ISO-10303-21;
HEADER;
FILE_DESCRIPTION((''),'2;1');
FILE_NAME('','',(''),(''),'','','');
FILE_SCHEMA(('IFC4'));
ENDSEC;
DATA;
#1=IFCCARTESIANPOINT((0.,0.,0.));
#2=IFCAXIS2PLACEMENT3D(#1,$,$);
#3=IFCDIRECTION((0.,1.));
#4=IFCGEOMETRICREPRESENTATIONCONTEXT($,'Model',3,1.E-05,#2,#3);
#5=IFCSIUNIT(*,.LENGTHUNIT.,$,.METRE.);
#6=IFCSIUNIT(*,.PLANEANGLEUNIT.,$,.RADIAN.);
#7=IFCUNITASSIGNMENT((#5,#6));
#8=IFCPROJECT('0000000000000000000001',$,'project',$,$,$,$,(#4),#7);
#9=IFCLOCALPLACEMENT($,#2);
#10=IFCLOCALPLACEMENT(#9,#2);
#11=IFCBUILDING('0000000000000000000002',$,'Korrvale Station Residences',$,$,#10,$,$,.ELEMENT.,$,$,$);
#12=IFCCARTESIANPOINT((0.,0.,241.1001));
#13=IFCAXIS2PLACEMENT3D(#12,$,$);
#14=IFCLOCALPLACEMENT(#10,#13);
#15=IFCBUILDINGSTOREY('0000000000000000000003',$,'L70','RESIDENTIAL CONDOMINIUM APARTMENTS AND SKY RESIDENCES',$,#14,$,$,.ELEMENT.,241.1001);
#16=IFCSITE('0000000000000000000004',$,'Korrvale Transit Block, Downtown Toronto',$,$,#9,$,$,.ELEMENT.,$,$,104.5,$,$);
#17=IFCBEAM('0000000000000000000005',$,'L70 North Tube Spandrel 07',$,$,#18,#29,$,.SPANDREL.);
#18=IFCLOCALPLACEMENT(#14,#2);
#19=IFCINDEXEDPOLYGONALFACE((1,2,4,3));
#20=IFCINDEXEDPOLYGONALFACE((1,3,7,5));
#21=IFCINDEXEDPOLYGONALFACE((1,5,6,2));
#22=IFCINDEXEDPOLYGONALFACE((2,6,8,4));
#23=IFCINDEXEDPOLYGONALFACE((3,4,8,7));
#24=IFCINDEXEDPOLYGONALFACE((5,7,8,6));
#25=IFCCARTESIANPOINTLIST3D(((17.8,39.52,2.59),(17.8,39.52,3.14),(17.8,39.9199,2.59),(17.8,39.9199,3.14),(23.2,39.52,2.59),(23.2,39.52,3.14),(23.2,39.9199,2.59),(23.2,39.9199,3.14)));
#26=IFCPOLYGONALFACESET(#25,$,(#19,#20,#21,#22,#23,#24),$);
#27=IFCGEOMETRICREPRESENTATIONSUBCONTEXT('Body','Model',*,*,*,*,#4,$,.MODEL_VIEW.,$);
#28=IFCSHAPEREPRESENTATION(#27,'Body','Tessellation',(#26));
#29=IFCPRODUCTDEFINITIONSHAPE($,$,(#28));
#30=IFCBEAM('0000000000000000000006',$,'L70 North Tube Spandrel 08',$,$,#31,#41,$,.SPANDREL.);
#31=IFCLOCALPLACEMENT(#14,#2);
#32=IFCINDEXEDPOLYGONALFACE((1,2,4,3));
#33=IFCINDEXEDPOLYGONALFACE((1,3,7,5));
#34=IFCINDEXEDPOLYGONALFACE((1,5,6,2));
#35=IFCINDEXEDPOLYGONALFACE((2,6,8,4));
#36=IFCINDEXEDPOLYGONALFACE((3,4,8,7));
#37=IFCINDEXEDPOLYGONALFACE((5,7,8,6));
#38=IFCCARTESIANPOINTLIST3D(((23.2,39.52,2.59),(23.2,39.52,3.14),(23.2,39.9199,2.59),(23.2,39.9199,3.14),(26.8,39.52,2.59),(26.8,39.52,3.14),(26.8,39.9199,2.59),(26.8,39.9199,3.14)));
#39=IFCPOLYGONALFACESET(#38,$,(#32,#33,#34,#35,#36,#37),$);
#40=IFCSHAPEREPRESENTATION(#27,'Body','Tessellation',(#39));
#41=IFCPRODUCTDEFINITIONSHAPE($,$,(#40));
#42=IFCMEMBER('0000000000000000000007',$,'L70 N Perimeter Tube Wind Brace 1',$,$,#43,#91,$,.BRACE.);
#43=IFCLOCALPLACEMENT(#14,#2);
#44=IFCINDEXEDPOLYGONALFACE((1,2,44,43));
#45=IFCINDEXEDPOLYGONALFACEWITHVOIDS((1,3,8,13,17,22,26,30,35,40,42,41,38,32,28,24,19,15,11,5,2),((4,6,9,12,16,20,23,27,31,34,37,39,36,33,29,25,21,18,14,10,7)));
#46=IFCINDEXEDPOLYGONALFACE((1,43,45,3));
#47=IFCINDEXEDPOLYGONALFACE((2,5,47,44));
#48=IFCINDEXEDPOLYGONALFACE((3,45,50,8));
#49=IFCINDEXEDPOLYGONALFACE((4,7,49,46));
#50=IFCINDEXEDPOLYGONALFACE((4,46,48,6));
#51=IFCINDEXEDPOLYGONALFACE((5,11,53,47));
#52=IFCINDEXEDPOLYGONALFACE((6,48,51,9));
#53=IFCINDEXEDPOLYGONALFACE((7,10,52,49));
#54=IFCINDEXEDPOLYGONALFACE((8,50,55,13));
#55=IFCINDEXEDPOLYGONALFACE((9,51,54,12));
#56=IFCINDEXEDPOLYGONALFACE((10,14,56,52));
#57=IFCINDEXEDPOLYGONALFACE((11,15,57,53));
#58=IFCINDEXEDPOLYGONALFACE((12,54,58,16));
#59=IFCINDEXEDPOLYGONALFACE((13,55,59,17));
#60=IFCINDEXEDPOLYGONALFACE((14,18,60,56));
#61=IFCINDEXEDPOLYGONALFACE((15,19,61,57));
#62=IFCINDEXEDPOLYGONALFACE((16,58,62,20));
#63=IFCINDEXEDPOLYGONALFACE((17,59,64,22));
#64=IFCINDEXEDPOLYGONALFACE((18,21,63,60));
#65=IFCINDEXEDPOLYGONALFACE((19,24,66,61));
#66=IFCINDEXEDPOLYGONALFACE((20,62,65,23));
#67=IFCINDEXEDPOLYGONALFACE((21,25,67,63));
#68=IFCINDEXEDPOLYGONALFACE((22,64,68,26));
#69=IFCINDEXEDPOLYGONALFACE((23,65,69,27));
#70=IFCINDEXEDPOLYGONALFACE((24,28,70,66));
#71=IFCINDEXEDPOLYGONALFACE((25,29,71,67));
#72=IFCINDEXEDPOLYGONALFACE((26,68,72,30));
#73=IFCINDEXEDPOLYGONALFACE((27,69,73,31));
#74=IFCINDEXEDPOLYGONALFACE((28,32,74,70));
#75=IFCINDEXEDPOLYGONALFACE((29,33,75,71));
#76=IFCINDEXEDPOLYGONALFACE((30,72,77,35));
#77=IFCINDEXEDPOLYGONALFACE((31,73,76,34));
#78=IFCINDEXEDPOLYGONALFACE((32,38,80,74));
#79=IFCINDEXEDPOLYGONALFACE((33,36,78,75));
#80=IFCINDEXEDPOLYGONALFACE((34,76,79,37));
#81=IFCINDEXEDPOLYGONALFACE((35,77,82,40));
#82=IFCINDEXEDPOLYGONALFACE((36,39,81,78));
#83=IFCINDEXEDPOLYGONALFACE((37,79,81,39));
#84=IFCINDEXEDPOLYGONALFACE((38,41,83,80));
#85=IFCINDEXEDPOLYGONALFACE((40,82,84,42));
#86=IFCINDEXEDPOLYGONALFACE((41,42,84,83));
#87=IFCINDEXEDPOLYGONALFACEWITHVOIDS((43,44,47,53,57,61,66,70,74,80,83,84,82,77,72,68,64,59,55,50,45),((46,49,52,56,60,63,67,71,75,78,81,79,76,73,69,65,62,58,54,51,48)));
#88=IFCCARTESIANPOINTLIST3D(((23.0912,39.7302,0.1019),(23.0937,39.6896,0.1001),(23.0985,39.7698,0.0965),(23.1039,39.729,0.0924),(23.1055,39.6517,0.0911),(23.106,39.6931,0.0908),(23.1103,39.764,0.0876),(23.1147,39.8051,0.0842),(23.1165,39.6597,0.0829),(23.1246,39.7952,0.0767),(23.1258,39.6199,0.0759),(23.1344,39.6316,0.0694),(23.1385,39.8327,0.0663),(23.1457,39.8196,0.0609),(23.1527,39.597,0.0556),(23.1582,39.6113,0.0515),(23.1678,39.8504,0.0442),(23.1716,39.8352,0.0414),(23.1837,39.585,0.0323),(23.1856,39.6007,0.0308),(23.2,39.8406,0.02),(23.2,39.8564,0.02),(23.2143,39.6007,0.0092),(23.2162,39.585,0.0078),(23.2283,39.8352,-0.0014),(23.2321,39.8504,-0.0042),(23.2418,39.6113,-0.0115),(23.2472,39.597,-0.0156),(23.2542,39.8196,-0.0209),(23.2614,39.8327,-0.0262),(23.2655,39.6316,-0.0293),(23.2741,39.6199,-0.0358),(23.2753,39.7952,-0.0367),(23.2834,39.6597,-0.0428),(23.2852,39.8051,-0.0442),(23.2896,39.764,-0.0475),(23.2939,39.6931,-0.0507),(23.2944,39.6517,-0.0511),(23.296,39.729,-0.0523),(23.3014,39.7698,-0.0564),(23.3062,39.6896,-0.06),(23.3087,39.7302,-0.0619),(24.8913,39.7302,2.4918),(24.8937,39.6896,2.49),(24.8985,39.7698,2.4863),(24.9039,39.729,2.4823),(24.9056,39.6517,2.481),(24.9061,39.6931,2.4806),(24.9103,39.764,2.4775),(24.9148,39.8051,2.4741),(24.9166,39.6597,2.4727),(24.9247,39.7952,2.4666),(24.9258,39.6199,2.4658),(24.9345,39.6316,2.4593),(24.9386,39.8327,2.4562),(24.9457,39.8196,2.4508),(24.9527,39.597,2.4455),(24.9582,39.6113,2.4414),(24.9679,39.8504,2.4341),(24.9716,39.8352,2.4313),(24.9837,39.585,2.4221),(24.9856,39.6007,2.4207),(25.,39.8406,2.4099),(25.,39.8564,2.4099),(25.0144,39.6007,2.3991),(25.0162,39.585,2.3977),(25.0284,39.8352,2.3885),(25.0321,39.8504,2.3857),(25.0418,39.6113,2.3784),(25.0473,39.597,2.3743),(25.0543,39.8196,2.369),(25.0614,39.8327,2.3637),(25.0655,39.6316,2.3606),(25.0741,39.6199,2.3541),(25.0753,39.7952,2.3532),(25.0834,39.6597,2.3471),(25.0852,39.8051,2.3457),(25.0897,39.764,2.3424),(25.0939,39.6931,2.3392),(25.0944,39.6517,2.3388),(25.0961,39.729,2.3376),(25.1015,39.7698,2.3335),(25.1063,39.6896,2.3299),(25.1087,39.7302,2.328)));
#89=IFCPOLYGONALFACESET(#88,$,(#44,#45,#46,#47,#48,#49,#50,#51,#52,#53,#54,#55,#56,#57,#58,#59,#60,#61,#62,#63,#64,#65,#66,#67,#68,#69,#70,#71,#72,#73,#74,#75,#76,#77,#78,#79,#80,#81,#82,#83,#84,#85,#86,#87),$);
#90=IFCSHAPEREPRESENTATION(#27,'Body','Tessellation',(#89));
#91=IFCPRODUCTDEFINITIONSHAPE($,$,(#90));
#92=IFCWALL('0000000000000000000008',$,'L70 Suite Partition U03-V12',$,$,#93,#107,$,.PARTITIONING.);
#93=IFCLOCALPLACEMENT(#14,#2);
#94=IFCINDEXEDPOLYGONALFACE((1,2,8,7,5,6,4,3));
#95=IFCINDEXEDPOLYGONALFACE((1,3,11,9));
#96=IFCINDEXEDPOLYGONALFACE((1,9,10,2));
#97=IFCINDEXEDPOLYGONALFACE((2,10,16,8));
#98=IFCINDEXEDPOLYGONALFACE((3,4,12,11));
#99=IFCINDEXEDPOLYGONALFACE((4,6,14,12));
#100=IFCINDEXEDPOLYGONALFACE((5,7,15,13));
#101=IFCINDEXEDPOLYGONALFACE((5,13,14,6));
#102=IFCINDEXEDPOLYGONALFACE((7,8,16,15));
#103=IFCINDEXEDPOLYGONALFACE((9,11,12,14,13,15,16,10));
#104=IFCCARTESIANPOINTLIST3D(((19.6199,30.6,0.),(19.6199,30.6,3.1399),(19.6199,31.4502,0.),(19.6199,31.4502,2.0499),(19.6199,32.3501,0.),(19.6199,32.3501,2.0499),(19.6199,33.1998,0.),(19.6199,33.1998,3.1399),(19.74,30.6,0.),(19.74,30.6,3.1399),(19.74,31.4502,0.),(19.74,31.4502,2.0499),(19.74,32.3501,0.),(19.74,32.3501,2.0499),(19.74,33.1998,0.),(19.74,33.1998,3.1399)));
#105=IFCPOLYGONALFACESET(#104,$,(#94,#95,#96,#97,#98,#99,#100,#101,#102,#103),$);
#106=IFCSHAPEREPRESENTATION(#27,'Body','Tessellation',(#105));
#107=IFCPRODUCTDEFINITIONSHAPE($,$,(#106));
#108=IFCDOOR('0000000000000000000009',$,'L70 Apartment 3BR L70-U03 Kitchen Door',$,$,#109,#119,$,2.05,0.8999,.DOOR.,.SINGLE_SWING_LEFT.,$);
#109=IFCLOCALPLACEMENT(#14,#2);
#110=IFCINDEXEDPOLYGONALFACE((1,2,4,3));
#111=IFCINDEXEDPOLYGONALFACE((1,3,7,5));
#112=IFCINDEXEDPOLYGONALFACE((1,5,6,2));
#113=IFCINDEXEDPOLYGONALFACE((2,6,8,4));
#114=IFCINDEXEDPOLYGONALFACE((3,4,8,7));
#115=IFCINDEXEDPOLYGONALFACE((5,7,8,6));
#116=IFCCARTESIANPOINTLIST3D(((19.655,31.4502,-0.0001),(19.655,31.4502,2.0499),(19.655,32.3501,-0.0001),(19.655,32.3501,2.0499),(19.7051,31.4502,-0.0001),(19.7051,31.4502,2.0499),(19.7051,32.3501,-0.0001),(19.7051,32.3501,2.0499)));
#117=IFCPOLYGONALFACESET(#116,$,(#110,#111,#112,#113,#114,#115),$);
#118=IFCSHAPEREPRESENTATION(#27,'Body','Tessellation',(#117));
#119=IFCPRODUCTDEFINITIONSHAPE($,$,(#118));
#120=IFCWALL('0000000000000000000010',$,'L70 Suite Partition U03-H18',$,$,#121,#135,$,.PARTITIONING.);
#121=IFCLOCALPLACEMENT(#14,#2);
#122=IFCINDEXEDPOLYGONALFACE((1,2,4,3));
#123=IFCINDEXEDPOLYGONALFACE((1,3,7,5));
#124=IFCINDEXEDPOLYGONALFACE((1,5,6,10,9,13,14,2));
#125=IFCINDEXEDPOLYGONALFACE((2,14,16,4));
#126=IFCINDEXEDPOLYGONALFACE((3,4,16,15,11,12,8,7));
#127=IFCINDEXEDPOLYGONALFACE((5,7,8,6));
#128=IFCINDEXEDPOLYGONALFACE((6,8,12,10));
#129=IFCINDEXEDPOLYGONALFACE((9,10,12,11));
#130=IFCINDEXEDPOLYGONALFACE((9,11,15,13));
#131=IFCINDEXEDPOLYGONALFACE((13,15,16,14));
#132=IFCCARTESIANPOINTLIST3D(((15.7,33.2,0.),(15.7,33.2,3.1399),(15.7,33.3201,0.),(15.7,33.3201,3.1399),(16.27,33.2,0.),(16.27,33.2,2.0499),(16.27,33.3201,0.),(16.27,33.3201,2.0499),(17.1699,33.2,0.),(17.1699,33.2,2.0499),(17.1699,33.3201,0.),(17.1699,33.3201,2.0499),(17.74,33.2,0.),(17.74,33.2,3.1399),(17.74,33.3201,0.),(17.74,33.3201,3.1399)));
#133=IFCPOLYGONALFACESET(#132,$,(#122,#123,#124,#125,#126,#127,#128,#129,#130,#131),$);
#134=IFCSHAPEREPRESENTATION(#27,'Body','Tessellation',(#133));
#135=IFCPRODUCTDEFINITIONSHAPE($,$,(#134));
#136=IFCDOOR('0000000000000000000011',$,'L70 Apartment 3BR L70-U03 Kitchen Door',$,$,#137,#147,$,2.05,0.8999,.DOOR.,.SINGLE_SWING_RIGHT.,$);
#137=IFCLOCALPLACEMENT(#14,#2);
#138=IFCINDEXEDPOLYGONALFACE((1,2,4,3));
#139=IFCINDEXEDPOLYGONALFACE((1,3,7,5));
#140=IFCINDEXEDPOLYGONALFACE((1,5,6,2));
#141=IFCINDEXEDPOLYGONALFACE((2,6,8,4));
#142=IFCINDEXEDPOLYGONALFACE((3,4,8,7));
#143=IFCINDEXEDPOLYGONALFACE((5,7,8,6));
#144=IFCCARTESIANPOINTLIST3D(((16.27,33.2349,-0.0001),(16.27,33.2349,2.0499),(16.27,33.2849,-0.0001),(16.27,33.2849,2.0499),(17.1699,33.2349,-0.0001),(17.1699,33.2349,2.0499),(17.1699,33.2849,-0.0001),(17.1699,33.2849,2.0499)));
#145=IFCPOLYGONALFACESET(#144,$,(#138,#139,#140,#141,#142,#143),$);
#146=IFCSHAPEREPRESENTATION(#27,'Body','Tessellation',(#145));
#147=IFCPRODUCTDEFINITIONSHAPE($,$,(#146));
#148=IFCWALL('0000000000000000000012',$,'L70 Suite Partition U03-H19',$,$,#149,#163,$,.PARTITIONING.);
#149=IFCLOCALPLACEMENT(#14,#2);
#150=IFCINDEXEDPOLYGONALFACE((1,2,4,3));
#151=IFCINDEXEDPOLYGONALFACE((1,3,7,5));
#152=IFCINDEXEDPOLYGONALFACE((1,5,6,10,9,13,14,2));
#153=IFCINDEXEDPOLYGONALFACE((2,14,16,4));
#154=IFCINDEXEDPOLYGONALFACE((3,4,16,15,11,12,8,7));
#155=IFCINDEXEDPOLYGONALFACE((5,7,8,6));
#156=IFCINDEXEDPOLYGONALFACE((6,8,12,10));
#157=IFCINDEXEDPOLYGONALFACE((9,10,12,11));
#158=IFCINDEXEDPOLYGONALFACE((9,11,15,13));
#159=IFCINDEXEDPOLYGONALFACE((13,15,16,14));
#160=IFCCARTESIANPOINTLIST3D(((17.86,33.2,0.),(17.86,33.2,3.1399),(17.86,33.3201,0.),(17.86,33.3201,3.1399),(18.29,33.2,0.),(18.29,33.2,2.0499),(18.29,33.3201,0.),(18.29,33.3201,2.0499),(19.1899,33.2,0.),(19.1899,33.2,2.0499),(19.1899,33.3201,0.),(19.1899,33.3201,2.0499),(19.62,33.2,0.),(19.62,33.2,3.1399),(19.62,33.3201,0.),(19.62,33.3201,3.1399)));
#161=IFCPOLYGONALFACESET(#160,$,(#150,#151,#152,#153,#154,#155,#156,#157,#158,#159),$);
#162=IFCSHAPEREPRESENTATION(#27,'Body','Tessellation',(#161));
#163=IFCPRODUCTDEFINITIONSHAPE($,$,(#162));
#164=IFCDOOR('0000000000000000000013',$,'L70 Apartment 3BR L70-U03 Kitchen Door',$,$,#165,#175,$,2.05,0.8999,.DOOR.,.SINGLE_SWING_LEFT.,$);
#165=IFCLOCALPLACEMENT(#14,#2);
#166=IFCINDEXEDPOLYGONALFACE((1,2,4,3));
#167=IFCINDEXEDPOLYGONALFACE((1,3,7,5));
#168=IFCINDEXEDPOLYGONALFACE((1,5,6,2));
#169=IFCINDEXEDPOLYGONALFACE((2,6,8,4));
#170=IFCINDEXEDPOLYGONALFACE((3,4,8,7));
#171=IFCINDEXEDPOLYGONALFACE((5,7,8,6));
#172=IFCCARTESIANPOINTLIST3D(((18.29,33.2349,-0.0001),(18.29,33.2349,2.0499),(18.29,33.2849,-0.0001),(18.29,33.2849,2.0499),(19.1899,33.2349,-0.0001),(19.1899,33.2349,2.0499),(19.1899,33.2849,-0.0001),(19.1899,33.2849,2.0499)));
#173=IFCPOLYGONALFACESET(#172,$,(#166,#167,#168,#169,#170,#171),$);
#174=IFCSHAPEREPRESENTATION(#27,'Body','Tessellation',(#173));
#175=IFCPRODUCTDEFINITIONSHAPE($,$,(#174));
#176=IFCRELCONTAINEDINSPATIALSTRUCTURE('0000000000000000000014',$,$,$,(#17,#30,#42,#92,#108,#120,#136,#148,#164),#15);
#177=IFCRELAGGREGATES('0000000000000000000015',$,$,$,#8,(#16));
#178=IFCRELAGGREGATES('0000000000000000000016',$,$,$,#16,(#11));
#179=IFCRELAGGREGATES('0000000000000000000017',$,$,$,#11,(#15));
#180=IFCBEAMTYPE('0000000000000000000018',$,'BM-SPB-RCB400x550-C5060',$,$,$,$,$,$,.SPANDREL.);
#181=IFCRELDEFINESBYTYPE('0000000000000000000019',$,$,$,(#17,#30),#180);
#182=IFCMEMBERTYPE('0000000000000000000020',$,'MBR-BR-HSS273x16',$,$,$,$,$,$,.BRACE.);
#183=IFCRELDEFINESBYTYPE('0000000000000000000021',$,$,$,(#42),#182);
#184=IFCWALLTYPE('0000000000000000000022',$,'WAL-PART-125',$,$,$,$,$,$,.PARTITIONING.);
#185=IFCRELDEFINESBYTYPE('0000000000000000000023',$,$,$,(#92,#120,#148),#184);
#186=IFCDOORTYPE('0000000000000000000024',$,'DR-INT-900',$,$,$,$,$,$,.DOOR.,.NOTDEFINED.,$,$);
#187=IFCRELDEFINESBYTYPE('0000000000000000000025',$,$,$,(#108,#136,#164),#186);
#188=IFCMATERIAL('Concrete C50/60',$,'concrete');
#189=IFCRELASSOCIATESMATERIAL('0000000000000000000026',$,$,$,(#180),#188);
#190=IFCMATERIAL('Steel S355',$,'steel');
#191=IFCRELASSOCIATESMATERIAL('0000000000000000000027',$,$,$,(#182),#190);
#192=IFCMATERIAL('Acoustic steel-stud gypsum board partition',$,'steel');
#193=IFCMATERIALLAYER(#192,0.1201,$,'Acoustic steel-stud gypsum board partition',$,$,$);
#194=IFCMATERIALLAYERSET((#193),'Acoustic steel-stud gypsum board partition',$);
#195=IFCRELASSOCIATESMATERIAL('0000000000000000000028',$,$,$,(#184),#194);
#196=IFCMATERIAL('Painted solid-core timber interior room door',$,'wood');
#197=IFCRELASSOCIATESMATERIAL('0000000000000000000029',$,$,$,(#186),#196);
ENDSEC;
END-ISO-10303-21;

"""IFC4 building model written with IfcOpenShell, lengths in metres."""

from ifc_helpers import new_model, si_unit, direction, frame, frame_2d, origin, origin_2d, place, context, subcontext, project, spatial, rectangle, hollow_circle, extrude, material, layer, layer_set, material_profile, profile_set, type_object, element, fill, save


model = new_model("IFC4")

# Units and contexts
model_context = context("Model", 3, precision=1e-05, world=origin(), true_north=direction((0.0, 1.0)))
body_context = subcontext(model_context, "Body", "Model", "MODEL_VIEW")
ifc_project = project(units=[si_unit("LENGTHUNIT", "METRE"), si_unit("PLANEANGLEUNIT", "RADIAN")], contexts=[model_context])

# Site, building, storey
site_placement = place(None, origin())
site = spatial("IfcSite", under=ifc_project, at=site_placement, Name="Korrvale Transit Block, Downtown Toronto", CompositionType="ELEMENT", RefElevation=104.5)
building_placement = place(site_placement, origin())
building = spatial("IfcBuilding", under=site, at=building_placement, Name="Korrvale Station Residences", CompositionType="ELEMENT")
storey_placement = place(building_placement, frame((0.0, 0.0, 241.1001)))
storey = spatial("IfcBuildingStorey", under=building, at=storey_placement, Name="L70", Description="RESIDENTIAL CONDOMINIUM APARTMENTS AND SKY RESIDENCES", CompositionType="ELEMENT", Elevation=241.1001)

# Shared definitions
ifc_material_1 = material(Name="Concrete C50/60", Category="concrete")

# Beams
ifc_material_2 = material(Name="Steel S355", Category="steel")
ifc_material_profile_1 = material_profile(ifc_material_1, rectangle(XDim=0.3999, YDim=0.55, at=origin_2d()), Name="RCB400x550")
ifc_profile_set_1 = profile_set([ifc_material_profile_1], Name="Concrete C50/60")
beam_type_1 = type_object("IfcBeamType", Name="BM-SPB-RCB400x550-C5060", PredefinedType="SPANDREL", material=ifc_profile_set_1)
beam_1_placement = place(storey_placement, frame((17.8, 39.72, 2.865), z_axis=(1.0, 0.0, 0.0), x_axis=(0.0, 1.0, 0.0)))
element("IfcBeam", 1, at=beam_1_placement, inside=storey, type_object=beam_type_1, Name="L70 North Tube Spandrel 07", PredefinedType="SPANDREL", context=body_context, shape_type="SweptSolid", body=[
    extrude(rectangle(XDim=0.3999, YDim=0.55, at=origin_2d()), origin(), (0.0, 0.0, 1.0), 5.3999),
])
beam_2_placement = place(storey_placement, frame((23.2, 39.72, 2.865), z_axis=(1.0, 0.0, 0.0), x_axis=(0.0, 1.0, 0.0)))
element("IfcBeam", 2, at=beam_2_placement, inside=storey, type_object=beam_type_1, Name="L70 North Tube Spandrel 08", PredefinedType="SPANDREL", context=body_context, shape_type="SweptSolid", body=[
    extrude(rectangle(XDim=0.3999, YDim=0.55, at=origin_2d()), origin(), (0.0, 0.0, 1.0), 3.6001),
])

# Member
ifc_material_profile_2 = material_profile(ifc_material_2, hollow_circle(Radius=0.1365, WallThickness=0.0159, at=origin_2d()), Name="HSS273x16")
ifc_profile_set_2 = profile_set([ifc_material_profile_2], Name="Steel S355")
member_type = type_object("IfcMemberType", Name="MBR-BR-HSS273x16", PredefinedType="BRACE", material=ifc_profile_set_2)
member_placement = place(storey_placement, frame((23.2, 39.72, 0.02), z_axis=(0.601631, 0.0, 0.798774), x_axis=(0.0, 1.0, 0.0)))
element("IfcMember", 3, at=member_placement, inside=storey, type_object=member_type, Name="L70 N Perimeter Tube Wind Brace 1", PredefinedType="BRACE", context=body_context, shape_type="SweptSolid", body=[
    extrude(hollow_circle(Radius=0.1365, WallThickness=0.0159, at=origin_2d()), origin(), (0.0, 0.0, 1.0), 2.9919),
])

# Walls, openings, doors
ifc_material_3 = material(Name="Acoustic steel-stud gypsum board partition", Category="steel")
ifc_layer_1 = layer(ifc_material_3, 0.1201, Name="Acoustic steel-stud gypsum board partition")
ifc_layer_set_1 = layer_set([ifc_layer_1], Name="Acoustic steel-stud gypsum board partition")
wall_type = type_object("IfcWallType", Name="WAL-PART-125", PredefinedType="PARTITIONING", material=ifc_layer_set_1)
wall_1_placement = place(storey_placement, frame((19.6799, 30.6001, 0.0), z_axis=(0.0, 0.0, 1.0), x_axis=(0.0, 1.0, 0.0)))
wall_1 = element("IfcWall", 4, at=wall_1_placement, inside=storey, type_object=wall_type, Name="L70 Suite Partition U03-V12", PredefinedType="PARTITIONING", context=body_context, shape_type="SweptSolid", body=[
    extrude(rectangle(XDim=2.5999, YDim=0.1201, at=frame_2d((1.2998, 0.0))), origin(), (0.0, 0.0, 1.0), 3.1399),
])
opening_1_placement = place(wall_1_placement, frame((0.8501, 0.0, 0.0)))
opening_1 = element("IfcOpeningElement", 5, at=opening_1_placement, cuts=wall_1, PredefinedType="OPENING", context=body_context, shape_type="SweptSolid", body=[
    extrude(rectangle(XDim=0.8999, YDim=2.05, at=frame_2d((0.45, 1.0249))), frame((0.0, 0.0701, 0.0), z_axis=(0.0, -1.0, 0.0), x_axis=(1.0, 0.0, 0.0)), (0.0, 0.0, 1.0), 0.1401),
])
ifc_material_4 = material(Name="Painted solid-core timber interior room door", Category="wood")
door_type = type_object("IfcDoorType", Name="DR-INT-900", OperationType="NOTDEFINED", PredefinedType="DOOR", material=ifc_material_4)
door_1_placement = place(opening_1_placement, origin())
door_1 = element("IfcDoor", 6, at=door_1_placement, inside=storey, type_object=door_type, Name="L70 Apartment 3BR L70-U03 Kitchen Door", OperationType="SINGLE_SWING_LEFT", OverallHeight=2.05, OverallWidth=0.8999, PredefinedType="DOOR", context=body_context, shape_type="SweptSolid", body=[
    extrude(rectangle(XDim=0.8999, YDim=2.05, at=frame_2d((0.45, 1.0249))), frame((0.0, 0.0249, 0.0), z_axis=(0.0, -1.0, 0.0), x_axis=(1.0, 0.0, 0.0)), (0.0, 0.0, 1.0), 0.05),
])
fill(opening_1, door_1)
wall_2_placement = place(storey_placement, frame((15.7, 33.26, 0.0), z_axis=(0.0, 0.0, 1.0), x_axis=(1.0, 0.0, 0.0)))
wall_2 = element("IfcWall", 7, at=wall_2_placement, inside=storey, type_object=wall_type, Name="L70 Suite Partition U03-H18", PredefinedType="PARTITIONING", context=body_context, shape_type="SweptSolid", body=[
    extrude(rectangle(XDim=2.04, YDim=0.1201, at=frame_2d((1.02, 0.0))), origin(), (0.0, 0.0, 1.0), 3.1399),
])
opening_2_placement = place(wall_2_placement, frame((0.5701, 0.0, 0.0)))
opening_2 = element("IfcOpeningElement", 8, at=opening_2_placement, cuts=wall_2, PredefinedType="OPENING", context=body_context, shape_type="SweptSolid", body=[
    extrude(rectangle(XDim=0.8999, YDim=2.05, at=frame_2d((0.45, 1.0249))), frame((0.0, 0.0701, 0.0), z_axis=(0.0, -1.0, 0.0), x_axis=(1.0, 0.0, 0.0)), (0.0, 0.0, 1.0), 0.1401),
])
door_2_placement = place(opening_2_placement, origin())
door_2 = element("IfcDoor", 9, at=door_2_placement, inside=storey, type_object=door_type, Name="L70 Apartment 3BR L70-U03 Kitchen Door", OperationType="SINGLE_SWING_RIGHT", OverallHeight=2.05, OverallWidth=0.8999, PredefinedType="DOOR", context=body_context, shape_type="SweptSolid", body=[
    extrude(rectangle(XDim=0.8999, YDim=2.05, at=frame_2d((0.45, 1.0249))), frame((0.0, 0.0249, 0.0), z_axis=(0.0, -1.0, 0.0), x_axis=(1.0, 0.0, 0.0)), (0.0, 0.0, 1.0), 0.05),
])
fill(opening_2, door_2)
wall_3_placement = place(storey_placement, frame((17.8601, 33.26, 0.0), z_axis=(0.0, 0.0, 1.0), x_axis=(1.0, 0.0, 0.0)))
wall_3 = element("IfcWall", 10, at=wall_3_placement, inside=storey, type_object=wall_type, Name="L70 Suite Partition U03-H19", PredefinedType="PARTITIONING", context=body_context, shape_type="SweptSolid", body=[
    extrude(rectangle(XDim=1.76, YDim=0.1201, at=frame_2d((0.8799, 0.0))), origin(), (0.0, 0.0, 1.0), 3.1399),
])
opening_3_placement = place(wall_3_placement, frame((0.4299, 0.0, 0.0)))
opening_3 = element("IfcOpeningElement", 11, at=opening_3_placement, cuts=wall_3, PredefinedType="OPENING", context=body_context, shape_type="SweptSolid", body=[
    extrude(rectangle(XDim=0.8999, YDim=2.05, at=frame_2d((0.45, 1.0249))), frame((0.0, 0.0701, 0.0), z_axis=(0.0, -1.0, 0.0), x_axis=(1.0, 0.0, 0.0)), (0.0, 0.0, 1.0), 0.1401),
])
door_3_placement = place(opening_3_placement, origin())
door_3 = element("IfcDoor", 12, at=door_3_placement, inside=storey, type_object=door_type, Name="L70 Apartment 3BR L70-U03 Kitchen Door", OperationType="SINGLE_SWING_LEFT", OverallHeight=2.05, OverallWidth=0.8999, PredefinedType="DOOR", context=body_context, shape_type="SweptSolid", body=[
    extrude(rectangle(XDim=0.8999, YDim=2.05, at=frame_2d((0.45, 1.0249))), frame((0.0, 0.0249, 0.0), z_axis=(0.0, -1.0, 0.0), x_axis=(1.0, 0.0, 0.0)), (0.0, 0.0, 1.0), 0.05),
])
fill(opening_3, door_3)

save(model, "model.ifc")
